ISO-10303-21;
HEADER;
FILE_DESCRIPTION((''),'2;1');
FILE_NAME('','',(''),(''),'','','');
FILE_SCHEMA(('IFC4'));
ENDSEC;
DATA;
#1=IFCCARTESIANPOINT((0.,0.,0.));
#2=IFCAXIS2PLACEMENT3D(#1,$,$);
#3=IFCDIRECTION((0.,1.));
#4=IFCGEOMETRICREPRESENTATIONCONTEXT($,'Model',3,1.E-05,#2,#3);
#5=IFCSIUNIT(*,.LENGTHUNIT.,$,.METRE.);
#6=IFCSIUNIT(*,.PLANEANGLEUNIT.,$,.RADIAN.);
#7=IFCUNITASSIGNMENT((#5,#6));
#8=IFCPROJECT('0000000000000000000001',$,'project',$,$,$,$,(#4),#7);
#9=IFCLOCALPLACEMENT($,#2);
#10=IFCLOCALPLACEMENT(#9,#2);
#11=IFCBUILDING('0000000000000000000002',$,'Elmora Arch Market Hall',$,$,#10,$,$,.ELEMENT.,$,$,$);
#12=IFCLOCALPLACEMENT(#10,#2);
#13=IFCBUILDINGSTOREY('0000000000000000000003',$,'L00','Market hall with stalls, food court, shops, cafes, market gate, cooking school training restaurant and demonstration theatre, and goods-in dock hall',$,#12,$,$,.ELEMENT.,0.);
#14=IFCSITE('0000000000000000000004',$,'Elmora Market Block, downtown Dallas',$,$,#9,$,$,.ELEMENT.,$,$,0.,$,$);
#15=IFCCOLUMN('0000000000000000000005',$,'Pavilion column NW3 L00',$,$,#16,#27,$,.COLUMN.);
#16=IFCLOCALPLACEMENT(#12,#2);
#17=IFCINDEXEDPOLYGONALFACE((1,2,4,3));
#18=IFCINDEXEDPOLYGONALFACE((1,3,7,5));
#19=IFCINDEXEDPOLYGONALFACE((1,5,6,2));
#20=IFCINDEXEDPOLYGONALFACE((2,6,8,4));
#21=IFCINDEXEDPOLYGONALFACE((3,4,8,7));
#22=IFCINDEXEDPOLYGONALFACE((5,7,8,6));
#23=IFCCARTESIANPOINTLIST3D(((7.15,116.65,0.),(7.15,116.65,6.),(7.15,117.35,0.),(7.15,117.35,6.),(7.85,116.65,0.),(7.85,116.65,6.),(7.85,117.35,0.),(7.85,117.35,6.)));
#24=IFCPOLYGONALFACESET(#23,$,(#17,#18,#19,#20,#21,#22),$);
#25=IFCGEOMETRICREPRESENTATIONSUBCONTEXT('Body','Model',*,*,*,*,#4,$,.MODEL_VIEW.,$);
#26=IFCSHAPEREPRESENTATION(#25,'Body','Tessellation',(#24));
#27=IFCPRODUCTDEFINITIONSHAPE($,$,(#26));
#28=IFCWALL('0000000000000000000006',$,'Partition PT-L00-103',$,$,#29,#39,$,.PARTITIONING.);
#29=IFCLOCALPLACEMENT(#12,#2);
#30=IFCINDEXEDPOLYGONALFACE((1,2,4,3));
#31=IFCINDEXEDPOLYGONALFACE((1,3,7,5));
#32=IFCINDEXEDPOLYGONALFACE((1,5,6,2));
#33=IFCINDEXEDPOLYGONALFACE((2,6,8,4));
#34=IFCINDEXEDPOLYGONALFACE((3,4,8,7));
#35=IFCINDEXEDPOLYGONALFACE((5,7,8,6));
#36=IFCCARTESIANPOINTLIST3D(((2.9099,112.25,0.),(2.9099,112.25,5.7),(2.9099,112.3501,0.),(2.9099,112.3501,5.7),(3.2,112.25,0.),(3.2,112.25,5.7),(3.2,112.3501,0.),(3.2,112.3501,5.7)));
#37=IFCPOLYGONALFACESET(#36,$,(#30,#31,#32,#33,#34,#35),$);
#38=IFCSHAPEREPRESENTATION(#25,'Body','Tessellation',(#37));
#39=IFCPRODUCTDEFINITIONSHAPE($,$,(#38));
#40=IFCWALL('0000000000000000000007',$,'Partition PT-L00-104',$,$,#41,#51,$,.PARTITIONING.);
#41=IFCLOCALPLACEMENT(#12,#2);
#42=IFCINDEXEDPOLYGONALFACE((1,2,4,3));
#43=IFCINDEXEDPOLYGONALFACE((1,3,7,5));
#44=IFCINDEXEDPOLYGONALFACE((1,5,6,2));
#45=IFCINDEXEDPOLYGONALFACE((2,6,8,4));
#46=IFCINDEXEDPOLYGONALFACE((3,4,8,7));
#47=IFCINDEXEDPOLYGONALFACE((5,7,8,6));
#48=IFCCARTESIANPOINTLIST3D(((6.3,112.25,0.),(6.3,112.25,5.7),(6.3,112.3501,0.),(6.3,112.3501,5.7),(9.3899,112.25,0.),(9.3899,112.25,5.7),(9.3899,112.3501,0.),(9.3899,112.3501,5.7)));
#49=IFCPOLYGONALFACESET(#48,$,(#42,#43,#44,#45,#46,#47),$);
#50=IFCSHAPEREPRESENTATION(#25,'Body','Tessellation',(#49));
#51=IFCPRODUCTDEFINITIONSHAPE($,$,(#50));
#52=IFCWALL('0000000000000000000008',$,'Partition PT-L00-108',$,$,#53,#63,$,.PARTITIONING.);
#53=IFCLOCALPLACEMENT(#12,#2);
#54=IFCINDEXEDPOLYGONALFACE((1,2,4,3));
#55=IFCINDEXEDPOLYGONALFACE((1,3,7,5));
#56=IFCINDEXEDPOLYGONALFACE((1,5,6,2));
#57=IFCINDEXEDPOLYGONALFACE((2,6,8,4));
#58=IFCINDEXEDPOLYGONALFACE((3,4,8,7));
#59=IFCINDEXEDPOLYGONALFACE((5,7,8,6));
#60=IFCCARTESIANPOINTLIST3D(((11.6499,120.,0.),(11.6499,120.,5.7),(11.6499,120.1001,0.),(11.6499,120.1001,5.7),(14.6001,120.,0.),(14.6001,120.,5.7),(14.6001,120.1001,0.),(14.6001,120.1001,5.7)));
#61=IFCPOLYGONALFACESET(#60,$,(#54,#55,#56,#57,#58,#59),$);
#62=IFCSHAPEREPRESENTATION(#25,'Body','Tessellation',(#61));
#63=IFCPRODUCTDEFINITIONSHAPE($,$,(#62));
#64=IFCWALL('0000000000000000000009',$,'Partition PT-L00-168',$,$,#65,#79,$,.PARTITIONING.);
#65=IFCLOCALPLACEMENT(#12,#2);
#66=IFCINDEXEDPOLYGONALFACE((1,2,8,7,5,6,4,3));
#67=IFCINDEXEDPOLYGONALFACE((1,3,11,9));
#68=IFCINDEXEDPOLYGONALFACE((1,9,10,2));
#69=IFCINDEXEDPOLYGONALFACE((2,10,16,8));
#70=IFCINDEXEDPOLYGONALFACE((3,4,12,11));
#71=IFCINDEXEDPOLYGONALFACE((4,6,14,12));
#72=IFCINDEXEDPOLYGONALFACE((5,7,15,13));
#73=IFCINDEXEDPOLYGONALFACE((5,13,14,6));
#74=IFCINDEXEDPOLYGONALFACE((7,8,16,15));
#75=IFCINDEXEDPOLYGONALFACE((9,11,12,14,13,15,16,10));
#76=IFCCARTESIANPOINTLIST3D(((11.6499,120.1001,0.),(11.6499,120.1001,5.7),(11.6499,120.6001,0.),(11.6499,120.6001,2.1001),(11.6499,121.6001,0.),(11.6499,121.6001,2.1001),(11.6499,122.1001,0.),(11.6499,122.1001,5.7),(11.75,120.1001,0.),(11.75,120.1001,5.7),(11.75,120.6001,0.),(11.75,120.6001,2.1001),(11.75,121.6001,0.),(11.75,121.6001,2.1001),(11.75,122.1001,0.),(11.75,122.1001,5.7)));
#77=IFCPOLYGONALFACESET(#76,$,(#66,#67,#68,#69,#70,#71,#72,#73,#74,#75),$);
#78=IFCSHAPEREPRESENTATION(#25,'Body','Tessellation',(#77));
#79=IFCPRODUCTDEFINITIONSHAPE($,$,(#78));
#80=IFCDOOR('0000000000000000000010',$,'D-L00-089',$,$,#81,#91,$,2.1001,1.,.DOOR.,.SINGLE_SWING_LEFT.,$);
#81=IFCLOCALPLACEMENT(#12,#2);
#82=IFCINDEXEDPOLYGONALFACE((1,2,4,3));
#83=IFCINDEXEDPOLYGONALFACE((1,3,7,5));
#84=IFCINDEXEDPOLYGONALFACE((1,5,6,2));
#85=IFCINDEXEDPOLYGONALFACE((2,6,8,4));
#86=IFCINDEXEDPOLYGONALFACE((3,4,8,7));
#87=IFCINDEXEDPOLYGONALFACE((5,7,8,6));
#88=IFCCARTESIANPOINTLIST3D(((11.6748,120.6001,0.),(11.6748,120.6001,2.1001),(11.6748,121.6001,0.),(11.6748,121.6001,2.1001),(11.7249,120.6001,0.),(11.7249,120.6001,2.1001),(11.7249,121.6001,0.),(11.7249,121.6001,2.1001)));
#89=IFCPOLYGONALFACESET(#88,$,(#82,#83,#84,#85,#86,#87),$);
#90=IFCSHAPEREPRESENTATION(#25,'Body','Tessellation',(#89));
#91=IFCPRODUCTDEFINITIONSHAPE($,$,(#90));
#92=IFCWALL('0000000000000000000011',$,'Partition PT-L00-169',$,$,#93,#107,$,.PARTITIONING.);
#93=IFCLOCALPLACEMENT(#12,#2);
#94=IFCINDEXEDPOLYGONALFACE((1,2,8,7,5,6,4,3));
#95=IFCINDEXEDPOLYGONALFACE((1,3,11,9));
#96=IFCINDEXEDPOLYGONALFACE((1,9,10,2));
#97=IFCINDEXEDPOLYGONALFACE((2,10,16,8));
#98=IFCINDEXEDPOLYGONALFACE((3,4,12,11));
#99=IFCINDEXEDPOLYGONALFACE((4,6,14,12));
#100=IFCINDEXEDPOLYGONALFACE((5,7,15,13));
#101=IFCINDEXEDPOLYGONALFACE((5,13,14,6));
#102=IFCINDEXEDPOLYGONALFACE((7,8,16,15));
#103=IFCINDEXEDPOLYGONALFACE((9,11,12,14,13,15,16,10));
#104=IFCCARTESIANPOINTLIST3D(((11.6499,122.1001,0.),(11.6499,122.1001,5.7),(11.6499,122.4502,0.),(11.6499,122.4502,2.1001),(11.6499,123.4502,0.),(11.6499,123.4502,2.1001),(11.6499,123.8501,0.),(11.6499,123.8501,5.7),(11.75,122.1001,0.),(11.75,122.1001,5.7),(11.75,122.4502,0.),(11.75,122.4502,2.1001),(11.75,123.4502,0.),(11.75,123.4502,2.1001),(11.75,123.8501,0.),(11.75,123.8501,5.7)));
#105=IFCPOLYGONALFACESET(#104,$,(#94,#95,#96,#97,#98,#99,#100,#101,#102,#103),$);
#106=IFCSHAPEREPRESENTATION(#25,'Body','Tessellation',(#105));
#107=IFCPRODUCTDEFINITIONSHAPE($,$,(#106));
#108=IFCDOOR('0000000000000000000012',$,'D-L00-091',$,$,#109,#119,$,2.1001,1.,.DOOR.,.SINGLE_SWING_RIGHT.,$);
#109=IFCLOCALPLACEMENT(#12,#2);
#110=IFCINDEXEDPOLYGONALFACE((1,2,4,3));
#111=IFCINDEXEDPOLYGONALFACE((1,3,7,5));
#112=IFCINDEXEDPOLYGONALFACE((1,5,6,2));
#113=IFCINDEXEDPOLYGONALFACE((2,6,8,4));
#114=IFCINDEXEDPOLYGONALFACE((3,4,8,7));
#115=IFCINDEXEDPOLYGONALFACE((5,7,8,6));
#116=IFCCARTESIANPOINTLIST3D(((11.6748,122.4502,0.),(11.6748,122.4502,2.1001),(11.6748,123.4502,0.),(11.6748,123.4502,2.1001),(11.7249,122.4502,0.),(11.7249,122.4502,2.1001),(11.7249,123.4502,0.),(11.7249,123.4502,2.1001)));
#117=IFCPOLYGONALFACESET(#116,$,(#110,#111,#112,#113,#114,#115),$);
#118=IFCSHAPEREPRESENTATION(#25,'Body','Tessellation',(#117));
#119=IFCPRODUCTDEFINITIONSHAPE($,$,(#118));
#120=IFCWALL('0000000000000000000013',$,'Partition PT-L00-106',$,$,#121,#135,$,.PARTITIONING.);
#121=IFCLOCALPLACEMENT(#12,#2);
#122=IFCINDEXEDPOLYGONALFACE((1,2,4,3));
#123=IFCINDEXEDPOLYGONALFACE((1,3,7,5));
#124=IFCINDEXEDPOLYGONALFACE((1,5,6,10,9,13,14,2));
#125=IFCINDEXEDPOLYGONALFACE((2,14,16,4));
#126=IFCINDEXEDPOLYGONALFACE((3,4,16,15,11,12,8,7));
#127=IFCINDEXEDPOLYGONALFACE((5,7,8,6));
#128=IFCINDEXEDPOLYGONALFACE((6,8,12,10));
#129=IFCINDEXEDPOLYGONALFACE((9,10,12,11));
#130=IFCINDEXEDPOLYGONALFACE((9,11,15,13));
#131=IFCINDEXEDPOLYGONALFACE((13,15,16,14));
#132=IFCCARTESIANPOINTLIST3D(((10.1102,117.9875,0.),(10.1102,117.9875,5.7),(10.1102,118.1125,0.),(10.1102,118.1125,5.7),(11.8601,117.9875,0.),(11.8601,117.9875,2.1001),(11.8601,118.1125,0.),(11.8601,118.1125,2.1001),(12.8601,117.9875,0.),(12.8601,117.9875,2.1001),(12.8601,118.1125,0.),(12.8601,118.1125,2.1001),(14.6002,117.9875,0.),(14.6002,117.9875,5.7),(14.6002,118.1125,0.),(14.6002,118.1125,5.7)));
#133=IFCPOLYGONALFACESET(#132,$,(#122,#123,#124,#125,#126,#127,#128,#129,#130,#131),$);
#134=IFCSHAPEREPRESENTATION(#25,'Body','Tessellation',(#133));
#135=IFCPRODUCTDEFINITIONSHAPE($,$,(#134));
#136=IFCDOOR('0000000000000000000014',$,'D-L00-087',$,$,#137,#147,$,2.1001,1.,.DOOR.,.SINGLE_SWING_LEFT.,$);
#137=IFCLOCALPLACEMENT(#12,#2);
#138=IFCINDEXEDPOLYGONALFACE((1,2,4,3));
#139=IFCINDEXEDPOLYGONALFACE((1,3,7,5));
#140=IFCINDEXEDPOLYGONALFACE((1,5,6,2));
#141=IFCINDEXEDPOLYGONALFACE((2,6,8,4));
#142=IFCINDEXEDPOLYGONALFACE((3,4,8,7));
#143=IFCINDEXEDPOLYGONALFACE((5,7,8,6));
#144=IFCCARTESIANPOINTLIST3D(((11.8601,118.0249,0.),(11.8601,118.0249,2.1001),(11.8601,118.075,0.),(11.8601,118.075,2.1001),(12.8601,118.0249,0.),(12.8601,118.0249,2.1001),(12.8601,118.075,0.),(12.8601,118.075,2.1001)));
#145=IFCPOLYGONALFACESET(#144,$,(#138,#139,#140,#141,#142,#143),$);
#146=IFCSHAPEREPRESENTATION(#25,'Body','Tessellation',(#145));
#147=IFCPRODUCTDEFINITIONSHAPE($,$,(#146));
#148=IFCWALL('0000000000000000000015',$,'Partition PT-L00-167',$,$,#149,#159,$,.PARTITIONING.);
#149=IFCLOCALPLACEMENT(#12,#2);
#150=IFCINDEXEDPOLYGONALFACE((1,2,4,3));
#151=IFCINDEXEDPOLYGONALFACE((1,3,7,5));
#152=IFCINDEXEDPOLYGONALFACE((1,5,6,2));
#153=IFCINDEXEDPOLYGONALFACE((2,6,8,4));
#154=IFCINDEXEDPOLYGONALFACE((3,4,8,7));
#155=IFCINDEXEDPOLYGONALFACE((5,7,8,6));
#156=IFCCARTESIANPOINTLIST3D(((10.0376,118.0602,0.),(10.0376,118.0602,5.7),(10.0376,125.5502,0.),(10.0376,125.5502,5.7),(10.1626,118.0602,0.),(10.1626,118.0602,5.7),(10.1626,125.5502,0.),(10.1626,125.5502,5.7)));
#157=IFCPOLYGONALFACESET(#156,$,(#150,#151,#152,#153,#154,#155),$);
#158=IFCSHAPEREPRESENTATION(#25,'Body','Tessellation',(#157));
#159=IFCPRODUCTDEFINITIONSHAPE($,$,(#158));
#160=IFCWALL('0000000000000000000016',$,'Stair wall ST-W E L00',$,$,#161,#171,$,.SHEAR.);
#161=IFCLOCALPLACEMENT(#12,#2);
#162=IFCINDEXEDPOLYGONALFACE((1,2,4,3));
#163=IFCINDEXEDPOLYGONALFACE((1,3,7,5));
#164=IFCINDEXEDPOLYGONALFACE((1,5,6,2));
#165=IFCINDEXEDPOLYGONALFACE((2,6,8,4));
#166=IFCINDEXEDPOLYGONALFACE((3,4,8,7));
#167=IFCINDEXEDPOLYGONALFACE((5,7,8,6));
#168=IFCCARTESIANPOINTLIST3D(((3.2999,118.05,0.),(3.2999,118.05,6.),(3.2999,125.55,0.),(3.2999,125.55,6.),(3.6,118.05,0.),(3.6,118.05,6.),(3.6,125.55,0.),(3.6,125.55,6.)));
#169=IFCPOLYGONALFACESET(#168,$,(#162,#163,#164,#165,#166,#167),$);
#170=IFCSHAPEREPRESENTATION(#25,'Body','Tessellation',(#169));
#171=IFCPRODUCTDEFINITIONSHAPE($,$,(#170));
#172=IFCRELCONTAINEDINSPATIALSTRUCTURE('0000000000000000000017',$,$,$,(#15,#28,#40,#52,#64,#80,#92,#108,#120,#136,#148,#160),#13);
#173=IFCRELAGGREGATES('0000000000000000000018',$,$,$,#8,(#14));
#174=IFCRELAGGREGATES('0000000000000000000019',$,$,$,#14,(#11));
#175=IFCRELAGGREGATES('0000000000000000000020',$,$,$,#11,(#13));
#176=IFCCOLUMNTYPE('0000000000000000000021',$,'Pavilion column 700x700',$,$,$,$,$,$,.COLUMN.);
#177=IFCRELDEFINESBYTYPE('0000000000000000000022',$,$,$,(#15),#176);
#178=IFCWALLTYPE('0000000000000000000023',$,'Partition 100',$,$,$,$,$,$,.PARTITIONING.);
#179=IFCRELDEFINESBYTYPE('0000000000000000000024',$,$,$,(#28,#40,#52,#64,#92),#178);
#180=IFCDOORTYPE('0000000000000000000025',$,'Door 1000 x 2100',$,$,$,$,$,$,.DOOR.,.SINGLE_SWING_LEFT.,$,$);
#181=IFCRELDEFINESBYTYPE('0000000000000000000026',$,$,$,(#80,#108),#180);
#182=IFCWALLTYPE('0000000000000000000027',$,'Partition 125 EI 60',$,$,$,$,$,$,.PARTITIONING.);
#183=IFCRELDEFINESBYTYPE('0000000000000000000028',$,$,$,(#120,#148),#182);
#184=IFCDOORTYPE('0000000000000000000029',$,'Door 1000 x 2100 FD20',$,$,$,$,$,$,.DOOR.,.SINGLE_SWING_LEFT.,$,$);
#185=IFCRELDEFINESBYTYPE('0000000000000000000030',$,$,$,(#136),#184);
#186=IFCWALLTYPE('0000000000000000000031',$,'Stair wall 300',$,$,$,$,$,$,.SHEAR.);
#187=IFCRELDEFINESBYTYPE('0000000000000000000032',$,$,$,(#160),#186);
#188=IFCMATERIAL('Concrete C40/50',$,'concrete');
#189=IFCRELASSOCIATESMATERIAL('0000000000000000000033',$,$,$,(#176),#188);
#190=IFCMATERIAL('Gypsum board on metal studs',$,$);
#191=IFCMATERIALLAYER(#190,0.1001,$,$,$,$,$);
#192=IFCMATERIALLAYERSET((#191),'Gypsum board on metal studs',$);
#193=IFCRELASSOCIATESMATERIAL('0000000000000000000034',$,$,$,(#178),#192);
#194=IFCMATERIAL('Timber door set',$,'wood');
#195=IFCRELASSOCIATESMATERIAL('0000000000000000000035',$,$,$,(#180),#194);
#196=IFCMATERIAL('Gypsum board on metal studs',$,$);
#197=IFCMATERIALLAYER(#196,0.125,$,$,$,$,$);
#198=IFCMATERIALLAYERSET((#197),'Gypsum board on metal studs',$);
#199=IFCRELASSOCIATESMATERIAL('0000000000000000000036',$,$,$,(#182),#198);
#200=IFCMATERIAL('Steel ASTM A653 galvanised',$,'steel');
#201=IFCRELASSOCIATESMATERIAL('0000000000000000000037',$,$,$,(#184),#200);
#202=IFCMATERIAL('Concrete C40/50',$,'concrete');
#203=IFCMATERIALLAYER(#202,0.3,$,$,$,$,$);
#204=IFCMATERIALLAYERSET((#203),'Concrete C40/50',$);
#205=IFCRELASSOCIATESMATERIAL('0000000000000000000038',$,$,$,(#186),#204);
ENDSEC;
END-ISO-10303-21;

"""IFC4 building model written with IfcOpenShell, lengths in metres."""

from ifc_helpers import new_model, si_unit, direction, frame, frame_2d, origin, origin_2d, place, context, subcontext, project, spatial, rectangle, extrude, material, layer, layer_set, material_profile, profile_set, type_object, element, fill, save


model = new_model("IFC4")

# Units and contexts
model_context = context("Model", 3, precision=1e-05, world=origin(), true_north=direction((0.0, 1.0)))
body_context = subcontext(model_context, "Body", "Model", "MODEL_VIEW")
ifc_project = project(units=[si_unit("LENGTHUNIT", "METRE"), si_unit("PLANEANGLEUNIT", "RADIAN")], contexts=[model_context])

# Site, building, storey
site_placement = place(None, origin())
site = spatial("IfcSite", under=ifc_project, at=site_placement, Name="Elmora Market Block, downtown Dallas", CompositionType="ELEMENT", RefElevation=0.0)
building_placement = place(site_placement, origin())
building = spatial("IfcBuilding", under=site, at=building_placement, Name="Elmora Arch Market Hall", CompositionType="ELEMENT")
storey_placement = place(building_placement, origin())
storey = spatial("IfcBuildingStorey", under=building, at=storey_placement, Name="L00", Description="Market hall with stalls, food court, shops, cafes, market gate, cooking school training restaurant and demonstration theatre, and goods-in dock hall", CompositionType="ELEMENT", Elevation=0.0)

# Column
ifc_material_1 = material(Name="Concrete C40/50", Category="concrete")
ifc_material_profile = material_profile(ifc_material_1, rectangle(XDim=0.7, YDim=0.7, at=origin_2d()), Name="Pavilion column 700x700")
ifc_profile_set = profile_set([ifc_material_profile], Name="Concrete C40/50")
column_type = type_object("IfcColumnType", Name="Pavilion column 700x700", PredefinedType="COLUMN", material=ifc_profile_set)
column_placement = place(storey_placement, frame((7.5, 117.0, 0.0), z_axis=(0.0, 0.0, 1.0), x_axis=(1.0, 0.0, 0.0)))
element("IfcColumn", 1, at=column_placement, inside=storey, type_object=column_type, Name="Pavilion column NW3 L00", PredefinedType="COLUMN", context=body_context, shape_type="SweptSolid", body=[
    extrude(rectangle(XDim=0.7, YDim=0.7, at=origin_2d()), origin(), (0.0, 0.0, 1.0), 6.0),
])

# Walls
ifc_material_2 = material(Name="Gypsum board on metal studs")
ifc_layer_1 = layer(ifc_material_2, 0.1001)
ifc_layer_set_1 = layer_set([ifc_layer_1], Name="Gypsum board on metal studs")
wall_type_1 = type_object("IfcWallType", Name="Partition 100", PredefinedType="PARTITIONING", material=ifc_layer_set_1)
wall_1_placement = place(storey_placement, frame((2.9099, 112.3, 0.0), z_axis=(0.0, 0.0, 1.0), x_axis=(1.0, 0.0, 0.0)))
element("IfcWall", 2, at=wall_1_placement, inside=storey, type_object=wall_type_1, Name="Partition PT-L00-103", PredefinedType="PARTITIONING", context=body_context, shape_type="SweptSolid", body=[
    extrude(rectangle(XDim=0.29, YDim=0.1001, at=frame_2d((0.145, 0.0))), origin(), (0.0, 0.0, 1.0), 5.7),
])
wall_2_placement = place(storey_placement, frame((6.3, 112.3, 0.0), z_axis=(0.0, 0.0, 1.0), x_axis=(1.0, 0.0, 0.0)))
element("IfcWall", 3, at=wall_2_placement, inside=storey, type_object=wall_type_1, Name="Partition PT-L00-104", PredefinedType="PARTITIONING", context=body_context, shape_type="SweptSolid", body=[
    extrude(rectangle(XDim=3.0898, YDim=0.1001, at=frame_2d((1.5449, 0.0))), origin(), (0.0, 0.0, 1.0), 5.7),
])
wall_3_placement = place(storey_placement, frame((11.6499, 120.05, 0.0), z_axis=(0.0, 0.0, 1.0), x_axis=(1.0, 0.0, 0.0)))
element("IfcWall", 4, at=wall_3_placement, inside=storey, type_object=wall_type_1, Name="Partition PT-L00-108", PredefinedType="PARTITIONING", context=body_context, shape_type="SweptSolid", body=[
    extrude(rectangle(XDim=2.9502, YDim=0.1001, at=frame_2d((1.4751, 0.0))), origin(), (0.0, 0.0, 1.0), 5.7),
])

# Walls, openings, doors
wall_4_placement = place(storey_placement, frame((11.7, 120.1001, 0.0), z_axis=(0.0, 0.0, 1.0), x_axis=(0.0, 1.0, 0.0)))
wall_4 = element("IfcWall", 5, at=wall_4_placement, inside=storey, type_object=wall_type_1, Name="Partition PT-L00-168", PredefinedType="PARTITIONING", context=body_context, shape_type="SweptSolid", body=[
    extrude(rectangle(XDim=2.0, YDim=0.1001, at=frame_2d((1.0, 0.0))), origin(), (0.0, 0.0, 1.0), 5.7),
])
opening_1_placement = place(wall_4_placement, frame((0.5, 0.0, 0.0)))
opening_1 = element("IfcOpeningElement", 6, at=opening_1_placement, cuts=wall_4, PredefinedType="OPENING", context=body_context, shape_type="SweptSolid", body=[
    extrude(rectangle(XDim=1.0, YDim=2.1001, at=frame_2d((0.5, 1.05))), frame((0.0, 0.0601, 0.0), z_axis=(0.0, -1.0, 0.0), x_axis=(1.0, 0.0, 0.0)), (0.0, 0.0, 1.0), 0.1201),
])
ifc_material_3 = material(Name="Timber door set", Category="wood")
door_type_1 = type_object("IfcDoorType", Name="Door 1000 x 2100", OperationType="SINGLE_SWING_LEFT", PredefinedType="DOOR", material=ifc_material_3)
door_1_placement = place(opening_1_placement, frame((1.0, 0.0, 0.0), z_axis=(0.0, 0.0, 1.0), x_axis=(-1.0, 0.0, 0.0)))
door_1 = element("IfcDoor", 7, at=door_1_placement, inside=storey, type_object=door_type_1, Name="D-L00-089", OperationType="SINGLE_SWING_LEFT", OverallHeight=2.1001, OverallWidth=1.0, PredefinedType="DOOR", context=body_context, shape_type="SweptSolid", body=[
    extrude(rectangle(XDim=1.0, YDim=2.1001, at=frame_2d((0.5, 1.05))), frame((0.0, 0.0249, 0.0), z_axis=(0.0, -1.0, 0.0), x_axis=(1.0, 0.0, 0.0)), (0.0, 0.0, 1.0), 0.05),
])
fill(opening_1, door_1)
wall_5_placement = place(storey_placement, frame((11.7, 122.1001, 0.0), z_axis=(0.0, 0.0, 1.0), x_axis=(0.0, 1.0, 0.0)))
wall_5 = element("IfcWall", 8, at=wall_5_placement, inside=storey, type_object=wall_type_1, Name="Partition PT-L00-169", PredefinedType="PARTITIONING", context=body_context, shape_type="SweptSolid", body=[
    extrude(rectangle(XDim=1.75, YDim=0.1001, at=frame_2d((0.875, 0.0))), origin(), (0.0, 0.0, 1.0), 5.7),
])
opening_2_placement = place(wall_5_placement, frame((0.3501, 0.0, 0.0)))
opening_2 = element("IfcOpeningElement", 9, at=opening_2_placement, cuts=wall_5, PredefinedType="OPENING", context=body_context, shape_type="SweptSolid", body=[
    extrude(rectangle(XDim=1.0, YDim=2.1001, at=frame_2d((0.5, 1.05))), frame((0.0, 0.0601, 0.0), z_axis=(0.0, -1.0, 0.0), x_axis=(1.0, 0.0, 0.0)), (0.0, 0.0, 1.0), 0.1201),
])
door_2_placement = place(opening_2_placement, frame((1.0, 0.0, 0.0), z_axis=(0.0, 0.0, 1.0), x_axis=(-1.0, 0.0, 0.0)))
door_2 = element("IfcDoor", 10, at=door_2_placement, inside=storey, type_object=door_type_1, Name="D-L00-091", OperationType="SINGLE_SWING_RIGHT", OverallHeight=2.1001, OverallWidth=1.0, PredefinedType="DOOR", context=body_context, shape_type="SweptSolid", body=[
    extrude(rectangle(XDim=1.0, YDim=2.1001, at=frame_2d((0.5, 1.05))), frame((0.0, 0.0249, 0.0), z_axis=(0.0, -1.0, 0.0), x_axis=(1.0, 0.0, 0.0)), (0.0, 0.0, 1.0), 0.05),
])
fill(opening_2, door_2)
ifc_material_4 = material(Name="Gypsum board on metal studs")
ifc_layer_2 = layer(ifc_material_4, 0.125)
ifc_layer_set_2 = layer_set([ifc_layer_2], Name="Gypsum board on metal studs")
wall_type_2 = type_object("IfcWallType", Name="Partition 125 EI 60", PredefinedType="PARTITIONING", material=ifc_layer_set_2)
wall_6_placement = place(storey_placement, frame((10.1101, 118.05, 0.0), z_axis=(0.0, 0.0, 1.0), x_axis=(1.0, 0.0, 0.0)))
wall_6 = element("IfcWall", 11, at=wall_6_placement, inside=storey, type_object=wall_type_2, Name="Partition PT-L00-106", PredefinedType="PARTITIONING", context=body_context, shape_type="SweptSolid", body=[
    extrude(rectangle(XDim=4.49, YDim=0.125, at=frame_2d((2.2451, 0.0))), origin(), (0.0, 0.0, 1.0), 5.7),
])
opening_3_placement = place(wall_6_placement, frame((1.75, 0.0, 0.0)))
opening_3 = element("IfcOpeningElement", 12, at=opening_3_placement, cuts=wall_6, PredefinedType="OPENING", context=body_context, shape_type="SweptSolid", body=[
    extrude(rectangle(XDim=1.0, YDim=2.1001, at=frame_2d((0.5, 1.05))), frame((0.0, 0.0725, 0.0), z_axis=(0.0, -1.0, 0.0), x_axis=(1.0, 0.0, 0.0)), (0.0, 0.0, 1.0), 0.145),
])
ifc_material_5 = material(Name="Steel ASTM A653 galvanised", Category="steel")
door_type_2 = type_object("IfcDoorType", Name="Door 1000 x 2100 FD20", OperationType="SINGLE_SWING_LEFT", PredefinedType="DOOR", material=ifc_material_5)
door_3_placement = place(opening_3_placement, origin())
door_3 = element("IfcDoor", 13, at=door_3_placement, inside=storey, type_object=door_type_2, Name="D-L00-087", OperationType="SINGLE_SWING_LEFT", OverallHeight=2.1001, OverallWidth=1.0, PredefinedType="DOOR", context=body_context, shape_type="SweptSolid", body=[
    extrude(rectangle(XDim=1.0, YDim=2.1001, at=frame_2d((0.5, 1.05))), frame((0.0, 0.0249, 0.0), z_axis=(0.0, -1.0, 0.0), x_axis=(1.0, 0.0, 0.0)), (0.0, 0.0, 1.0), 0.05),
])
fill(opening_3, door_3)

# Walls
wall_7_placement = place(storey_placement, frame((10.1001, 118.0601, 0.0), z_axis=(0.0, 0.0, 1.0), x_axis=(0.0, 1.0, 0.0)))
element("IfcWall", 14, at=wall_7_placement, inside=storey, type_object=wall_type_2, Name="Partition PT-L00-167", PredefinedType="PARTITIONING", context=body_context, shape_type="SweptSolid", body=[
    extrude(rectangle(XDim=7.49, YDim=0.125, at=frame_2d((3.7451, 0.0))), origin(), (0.0, 0.0, 1.0), 5.7),
])
ifc_material_6 = material(Name="Concrete C40/50", Category="concrete")
ifc_layer_3 = layer(ifc_material_6, 0.3)
ifc_layer_set_3 = layer_set([ifc_layer_3], Name="Concrete C40/50")
wall_type_3 = type_object("IfcWallType", Name="Stair wall 300", PredefinedType="SHEAR", material=ifc_layer_set_3)
wall_8_placement = place(storey_placement, frame((3.45, 118.05, 0.0), z_axis=(0.0, 0.0, 1.0), x_axis=(0.0, 1.0, 0.0)))
element("IfcWall", 15, at=wall_8_placement, inside=storey, type_object=wall_type_3, Name="Stair wall ST-W E L00", PredefinedType="SHEAR", context=body_context, shape_type="SweptSolid", body=[
    extrude(rectangle(XDim=7.5, YDim=0.3, at=frame_2d((3.75, 0.0))), origin(), (0.0, 0.0, 1.0), 6.0),
])

save(model, "model.ifc")
